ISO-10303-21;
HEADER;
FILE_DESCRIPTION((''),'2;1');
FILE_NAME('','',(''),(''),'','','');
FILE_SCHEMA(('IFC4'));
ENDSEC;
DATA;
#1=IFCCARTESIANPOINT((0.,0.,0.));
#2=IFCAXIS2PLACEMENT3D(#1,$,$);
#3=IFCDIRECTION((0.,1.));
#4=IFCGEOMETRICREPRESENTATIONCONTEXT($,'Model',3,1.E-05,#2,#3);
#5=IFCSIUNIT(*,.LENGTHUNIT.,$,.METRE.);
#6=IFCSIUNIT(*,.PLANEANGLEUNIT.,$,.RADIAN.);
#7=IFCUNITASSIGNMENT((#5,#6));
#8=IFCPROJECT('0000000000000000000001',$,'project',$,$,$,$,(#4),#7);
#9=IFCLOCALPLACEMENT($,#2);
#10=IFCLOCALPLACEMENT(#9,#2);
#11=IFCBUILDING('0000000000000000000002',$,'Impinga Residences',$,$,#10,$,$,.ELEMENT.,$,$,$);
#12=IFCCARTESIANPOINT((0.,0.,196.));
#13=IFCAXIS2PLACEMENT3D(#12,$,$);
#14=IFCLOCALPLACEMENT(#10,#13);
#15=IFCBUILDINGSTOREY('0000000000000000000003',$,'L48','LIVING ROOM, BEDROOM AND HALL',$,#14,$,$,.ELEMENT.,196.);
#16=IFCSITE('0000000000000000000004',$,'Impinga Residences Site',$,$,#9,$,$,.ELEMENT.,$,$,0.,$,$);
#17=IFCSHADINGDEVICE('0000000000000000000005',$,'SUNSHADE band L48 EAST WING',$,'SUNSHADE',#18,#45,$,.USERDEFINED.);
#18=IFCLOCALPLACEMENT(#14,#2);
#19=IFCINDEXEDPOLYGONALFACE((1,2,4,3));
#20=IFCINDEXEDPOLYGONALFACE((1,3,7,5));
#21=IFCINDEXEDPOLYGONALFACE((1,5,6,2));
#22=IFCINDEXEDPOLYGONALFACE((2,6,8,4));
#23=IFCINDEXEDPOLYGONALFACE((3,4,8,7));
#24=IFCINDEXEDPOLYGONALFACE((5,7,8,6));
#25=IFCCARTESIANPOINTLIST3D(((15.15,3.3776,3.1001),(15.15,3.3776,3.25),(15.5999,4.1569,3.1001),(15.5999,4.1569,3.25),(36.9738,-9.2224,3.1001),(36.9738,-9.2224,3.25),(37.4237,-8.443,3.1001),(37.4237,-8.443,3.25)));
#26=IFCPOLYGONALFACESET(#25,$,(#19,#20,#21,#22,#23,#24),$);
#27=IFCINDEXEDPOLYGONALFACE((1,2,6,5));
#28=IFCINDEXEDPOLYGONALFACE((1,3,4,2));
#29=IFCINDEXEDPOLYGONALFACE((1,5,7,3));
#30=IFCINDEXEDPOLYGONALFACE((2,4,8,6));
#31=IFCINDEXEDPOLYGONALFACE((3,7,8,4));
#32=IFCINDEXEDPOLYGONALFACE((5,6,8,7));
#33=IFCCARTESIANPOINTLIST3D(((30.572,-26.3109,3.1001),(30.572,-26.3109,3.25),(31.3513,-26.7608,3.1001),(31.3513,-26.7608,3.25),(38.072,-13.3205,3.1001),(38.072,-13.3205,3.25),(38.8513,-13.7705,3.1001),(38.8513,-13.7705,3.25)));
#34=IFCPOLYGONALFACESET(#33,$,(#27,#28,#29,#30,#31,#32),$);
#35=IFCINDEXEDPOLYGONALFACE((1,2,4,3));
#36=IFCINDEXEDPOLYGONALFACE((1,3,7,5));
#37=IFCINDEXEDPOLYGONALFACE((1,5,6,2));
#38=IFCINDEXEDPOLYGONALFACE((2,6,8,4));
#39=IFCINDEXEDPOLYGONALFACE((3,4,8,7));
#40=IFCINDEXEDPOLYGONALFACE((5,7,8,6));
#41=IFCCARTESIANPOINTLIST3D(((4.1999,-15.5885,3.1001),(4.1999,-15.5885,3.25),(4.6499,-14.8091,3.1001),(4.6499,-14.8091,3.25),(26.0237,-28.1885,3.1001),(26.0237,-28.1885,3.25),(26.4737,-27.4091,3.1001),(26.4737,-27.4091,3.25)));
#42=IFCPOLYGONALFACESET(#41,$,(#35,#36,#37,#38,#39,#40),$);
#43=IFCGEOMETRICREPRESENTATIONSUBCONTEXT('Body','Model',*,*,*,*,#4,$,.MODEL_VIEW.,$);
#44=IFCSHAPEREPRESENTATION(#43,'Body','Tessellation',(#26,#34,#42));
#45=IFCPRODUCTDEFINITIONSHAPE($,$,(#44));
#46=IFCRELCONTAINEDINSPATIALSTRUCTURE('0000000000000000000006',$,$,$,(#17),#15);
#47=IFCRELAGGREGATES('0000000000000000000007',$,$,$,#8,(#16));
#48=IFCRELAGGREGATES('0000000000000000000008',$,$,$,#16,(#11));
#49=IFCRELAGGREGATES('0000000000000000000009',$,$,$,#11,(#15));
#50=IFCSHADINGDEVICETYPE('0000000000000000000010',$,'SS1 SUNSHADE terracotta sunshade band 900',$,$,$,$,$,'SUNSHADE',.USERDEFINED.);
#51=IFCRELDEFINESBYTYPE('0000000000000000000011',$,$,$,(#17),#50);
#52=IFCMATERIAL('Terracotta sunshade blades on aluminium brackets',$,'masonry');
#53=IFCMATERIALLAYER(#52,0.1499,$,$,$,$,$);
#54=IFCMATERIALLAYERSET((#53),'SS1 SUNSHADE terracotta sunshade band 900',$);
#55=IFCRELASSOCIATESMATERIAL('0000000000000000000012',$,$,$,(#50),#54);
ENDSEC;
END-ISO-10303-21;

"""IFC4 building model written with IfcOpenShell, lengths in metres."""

from ifc_helpers import new_model, si_unit, direction, frame, origin, origin_2d, place, context, subcontext, project, spatial, rectangle, extrude, material, layer, layer_set, type_object, element, save


model = new_model("IFC4")

# Units and contexts
model_context = context("Model", 3, precision=1e-05, world=origin(), true_north=direction((0.0, 1.0)))
body_context = subcontext(model_context, "Body", "Model", "MODEL_VIEW")
ifc_project = project(units=[si_unit("LENGTHUNIT", "METRE"), si_unit("PLANEANGLEUNIT", "RADIAN")], contexts=[model_context])

# Site, building, storey
site_placement = place(None, origin())
site = spatial("IfcSite", under=ifc_project, at=site_placement, Name="Impinga Residences Site", CompositionType="ELEMENT", RefElevation=0.0)
building_placement = place(site_placement, origin())
building = spatial("IfcBuilding", under=site, at=building_placement, Name="Impinga Residences", CompositionType="ELEMENT")
storey_placement = place(building_placement, frame((0.0, 0.0, 196.0)))
storey = spatial("IfcBuildingStorey", under=building, at=storey_placement, Name="L48", Description="LIVING ROOM, BEDROOM AND HALL", CompositionType="ELEMENT", Elevation=196.0)

# Shading device
ifc_material_1 = material(Name="Terracotta sunshade blades on aluminium brackets", Category="masonry")
ifc_layer_1 = layer(ifc_material_1, 0.1499)
ifc_layer_set_1 = layer_set([ifc_layer_1], Name="SS1 SUNSHADE terracotta sunshade band 900")
shading_device_type = type_object("IfcShadingDeviceType", Name="SS1 SUNSHADE terracotta sunshade band 900", ElementType="SUNSHADE", PredefinedType="USERDEFINED", material=ifc_layer_set_1)
shading_device_placement = place(storey_placement, frame((26.2869, -2.5327, 3.1001), z_axis=(0.0, 0.0, 1.0), x_axis=(0.866025, -0.5, 0.0)))
element("IfcShadingDevice", 1, at=shading_device_placement, inside=storey, type_object=shading_device_type, Name="SUNSHADE band L48 EAST WING", ObjectType="SUNSHADE", PredefinedType="USERDEFINED", context=body_context, shape_type="SweptSolid", body=[
    extrude(rectangle(XDim=25.2, YDim=0.8999, at=origin_2d()), origin(), (0.0, 0.0, 1.0), 0.1499),
    extrude(rectangle(XDim=15.0, YDim=0.8999, at=origin_2d()), frame((16.05, -10.95, 0.0), z_axis=(0.0, 0.0, 1.0), x_axis=(0.0, -1.0, 0.0)), (0.0, 0.0, 1.0), 0.1499),
    extrude(rectangle(XDim=25.2, YDim=0.8999, at=origin_2d()), frame((0.0, -21.9001, 0.0), z_axis=(0.0, 0.0, 1.0), x_axis=(-1.0, 0.0, 0.0)), (0.0, 0.0, 1.0), 0.1499),
])

save(model, "model.ifc")
